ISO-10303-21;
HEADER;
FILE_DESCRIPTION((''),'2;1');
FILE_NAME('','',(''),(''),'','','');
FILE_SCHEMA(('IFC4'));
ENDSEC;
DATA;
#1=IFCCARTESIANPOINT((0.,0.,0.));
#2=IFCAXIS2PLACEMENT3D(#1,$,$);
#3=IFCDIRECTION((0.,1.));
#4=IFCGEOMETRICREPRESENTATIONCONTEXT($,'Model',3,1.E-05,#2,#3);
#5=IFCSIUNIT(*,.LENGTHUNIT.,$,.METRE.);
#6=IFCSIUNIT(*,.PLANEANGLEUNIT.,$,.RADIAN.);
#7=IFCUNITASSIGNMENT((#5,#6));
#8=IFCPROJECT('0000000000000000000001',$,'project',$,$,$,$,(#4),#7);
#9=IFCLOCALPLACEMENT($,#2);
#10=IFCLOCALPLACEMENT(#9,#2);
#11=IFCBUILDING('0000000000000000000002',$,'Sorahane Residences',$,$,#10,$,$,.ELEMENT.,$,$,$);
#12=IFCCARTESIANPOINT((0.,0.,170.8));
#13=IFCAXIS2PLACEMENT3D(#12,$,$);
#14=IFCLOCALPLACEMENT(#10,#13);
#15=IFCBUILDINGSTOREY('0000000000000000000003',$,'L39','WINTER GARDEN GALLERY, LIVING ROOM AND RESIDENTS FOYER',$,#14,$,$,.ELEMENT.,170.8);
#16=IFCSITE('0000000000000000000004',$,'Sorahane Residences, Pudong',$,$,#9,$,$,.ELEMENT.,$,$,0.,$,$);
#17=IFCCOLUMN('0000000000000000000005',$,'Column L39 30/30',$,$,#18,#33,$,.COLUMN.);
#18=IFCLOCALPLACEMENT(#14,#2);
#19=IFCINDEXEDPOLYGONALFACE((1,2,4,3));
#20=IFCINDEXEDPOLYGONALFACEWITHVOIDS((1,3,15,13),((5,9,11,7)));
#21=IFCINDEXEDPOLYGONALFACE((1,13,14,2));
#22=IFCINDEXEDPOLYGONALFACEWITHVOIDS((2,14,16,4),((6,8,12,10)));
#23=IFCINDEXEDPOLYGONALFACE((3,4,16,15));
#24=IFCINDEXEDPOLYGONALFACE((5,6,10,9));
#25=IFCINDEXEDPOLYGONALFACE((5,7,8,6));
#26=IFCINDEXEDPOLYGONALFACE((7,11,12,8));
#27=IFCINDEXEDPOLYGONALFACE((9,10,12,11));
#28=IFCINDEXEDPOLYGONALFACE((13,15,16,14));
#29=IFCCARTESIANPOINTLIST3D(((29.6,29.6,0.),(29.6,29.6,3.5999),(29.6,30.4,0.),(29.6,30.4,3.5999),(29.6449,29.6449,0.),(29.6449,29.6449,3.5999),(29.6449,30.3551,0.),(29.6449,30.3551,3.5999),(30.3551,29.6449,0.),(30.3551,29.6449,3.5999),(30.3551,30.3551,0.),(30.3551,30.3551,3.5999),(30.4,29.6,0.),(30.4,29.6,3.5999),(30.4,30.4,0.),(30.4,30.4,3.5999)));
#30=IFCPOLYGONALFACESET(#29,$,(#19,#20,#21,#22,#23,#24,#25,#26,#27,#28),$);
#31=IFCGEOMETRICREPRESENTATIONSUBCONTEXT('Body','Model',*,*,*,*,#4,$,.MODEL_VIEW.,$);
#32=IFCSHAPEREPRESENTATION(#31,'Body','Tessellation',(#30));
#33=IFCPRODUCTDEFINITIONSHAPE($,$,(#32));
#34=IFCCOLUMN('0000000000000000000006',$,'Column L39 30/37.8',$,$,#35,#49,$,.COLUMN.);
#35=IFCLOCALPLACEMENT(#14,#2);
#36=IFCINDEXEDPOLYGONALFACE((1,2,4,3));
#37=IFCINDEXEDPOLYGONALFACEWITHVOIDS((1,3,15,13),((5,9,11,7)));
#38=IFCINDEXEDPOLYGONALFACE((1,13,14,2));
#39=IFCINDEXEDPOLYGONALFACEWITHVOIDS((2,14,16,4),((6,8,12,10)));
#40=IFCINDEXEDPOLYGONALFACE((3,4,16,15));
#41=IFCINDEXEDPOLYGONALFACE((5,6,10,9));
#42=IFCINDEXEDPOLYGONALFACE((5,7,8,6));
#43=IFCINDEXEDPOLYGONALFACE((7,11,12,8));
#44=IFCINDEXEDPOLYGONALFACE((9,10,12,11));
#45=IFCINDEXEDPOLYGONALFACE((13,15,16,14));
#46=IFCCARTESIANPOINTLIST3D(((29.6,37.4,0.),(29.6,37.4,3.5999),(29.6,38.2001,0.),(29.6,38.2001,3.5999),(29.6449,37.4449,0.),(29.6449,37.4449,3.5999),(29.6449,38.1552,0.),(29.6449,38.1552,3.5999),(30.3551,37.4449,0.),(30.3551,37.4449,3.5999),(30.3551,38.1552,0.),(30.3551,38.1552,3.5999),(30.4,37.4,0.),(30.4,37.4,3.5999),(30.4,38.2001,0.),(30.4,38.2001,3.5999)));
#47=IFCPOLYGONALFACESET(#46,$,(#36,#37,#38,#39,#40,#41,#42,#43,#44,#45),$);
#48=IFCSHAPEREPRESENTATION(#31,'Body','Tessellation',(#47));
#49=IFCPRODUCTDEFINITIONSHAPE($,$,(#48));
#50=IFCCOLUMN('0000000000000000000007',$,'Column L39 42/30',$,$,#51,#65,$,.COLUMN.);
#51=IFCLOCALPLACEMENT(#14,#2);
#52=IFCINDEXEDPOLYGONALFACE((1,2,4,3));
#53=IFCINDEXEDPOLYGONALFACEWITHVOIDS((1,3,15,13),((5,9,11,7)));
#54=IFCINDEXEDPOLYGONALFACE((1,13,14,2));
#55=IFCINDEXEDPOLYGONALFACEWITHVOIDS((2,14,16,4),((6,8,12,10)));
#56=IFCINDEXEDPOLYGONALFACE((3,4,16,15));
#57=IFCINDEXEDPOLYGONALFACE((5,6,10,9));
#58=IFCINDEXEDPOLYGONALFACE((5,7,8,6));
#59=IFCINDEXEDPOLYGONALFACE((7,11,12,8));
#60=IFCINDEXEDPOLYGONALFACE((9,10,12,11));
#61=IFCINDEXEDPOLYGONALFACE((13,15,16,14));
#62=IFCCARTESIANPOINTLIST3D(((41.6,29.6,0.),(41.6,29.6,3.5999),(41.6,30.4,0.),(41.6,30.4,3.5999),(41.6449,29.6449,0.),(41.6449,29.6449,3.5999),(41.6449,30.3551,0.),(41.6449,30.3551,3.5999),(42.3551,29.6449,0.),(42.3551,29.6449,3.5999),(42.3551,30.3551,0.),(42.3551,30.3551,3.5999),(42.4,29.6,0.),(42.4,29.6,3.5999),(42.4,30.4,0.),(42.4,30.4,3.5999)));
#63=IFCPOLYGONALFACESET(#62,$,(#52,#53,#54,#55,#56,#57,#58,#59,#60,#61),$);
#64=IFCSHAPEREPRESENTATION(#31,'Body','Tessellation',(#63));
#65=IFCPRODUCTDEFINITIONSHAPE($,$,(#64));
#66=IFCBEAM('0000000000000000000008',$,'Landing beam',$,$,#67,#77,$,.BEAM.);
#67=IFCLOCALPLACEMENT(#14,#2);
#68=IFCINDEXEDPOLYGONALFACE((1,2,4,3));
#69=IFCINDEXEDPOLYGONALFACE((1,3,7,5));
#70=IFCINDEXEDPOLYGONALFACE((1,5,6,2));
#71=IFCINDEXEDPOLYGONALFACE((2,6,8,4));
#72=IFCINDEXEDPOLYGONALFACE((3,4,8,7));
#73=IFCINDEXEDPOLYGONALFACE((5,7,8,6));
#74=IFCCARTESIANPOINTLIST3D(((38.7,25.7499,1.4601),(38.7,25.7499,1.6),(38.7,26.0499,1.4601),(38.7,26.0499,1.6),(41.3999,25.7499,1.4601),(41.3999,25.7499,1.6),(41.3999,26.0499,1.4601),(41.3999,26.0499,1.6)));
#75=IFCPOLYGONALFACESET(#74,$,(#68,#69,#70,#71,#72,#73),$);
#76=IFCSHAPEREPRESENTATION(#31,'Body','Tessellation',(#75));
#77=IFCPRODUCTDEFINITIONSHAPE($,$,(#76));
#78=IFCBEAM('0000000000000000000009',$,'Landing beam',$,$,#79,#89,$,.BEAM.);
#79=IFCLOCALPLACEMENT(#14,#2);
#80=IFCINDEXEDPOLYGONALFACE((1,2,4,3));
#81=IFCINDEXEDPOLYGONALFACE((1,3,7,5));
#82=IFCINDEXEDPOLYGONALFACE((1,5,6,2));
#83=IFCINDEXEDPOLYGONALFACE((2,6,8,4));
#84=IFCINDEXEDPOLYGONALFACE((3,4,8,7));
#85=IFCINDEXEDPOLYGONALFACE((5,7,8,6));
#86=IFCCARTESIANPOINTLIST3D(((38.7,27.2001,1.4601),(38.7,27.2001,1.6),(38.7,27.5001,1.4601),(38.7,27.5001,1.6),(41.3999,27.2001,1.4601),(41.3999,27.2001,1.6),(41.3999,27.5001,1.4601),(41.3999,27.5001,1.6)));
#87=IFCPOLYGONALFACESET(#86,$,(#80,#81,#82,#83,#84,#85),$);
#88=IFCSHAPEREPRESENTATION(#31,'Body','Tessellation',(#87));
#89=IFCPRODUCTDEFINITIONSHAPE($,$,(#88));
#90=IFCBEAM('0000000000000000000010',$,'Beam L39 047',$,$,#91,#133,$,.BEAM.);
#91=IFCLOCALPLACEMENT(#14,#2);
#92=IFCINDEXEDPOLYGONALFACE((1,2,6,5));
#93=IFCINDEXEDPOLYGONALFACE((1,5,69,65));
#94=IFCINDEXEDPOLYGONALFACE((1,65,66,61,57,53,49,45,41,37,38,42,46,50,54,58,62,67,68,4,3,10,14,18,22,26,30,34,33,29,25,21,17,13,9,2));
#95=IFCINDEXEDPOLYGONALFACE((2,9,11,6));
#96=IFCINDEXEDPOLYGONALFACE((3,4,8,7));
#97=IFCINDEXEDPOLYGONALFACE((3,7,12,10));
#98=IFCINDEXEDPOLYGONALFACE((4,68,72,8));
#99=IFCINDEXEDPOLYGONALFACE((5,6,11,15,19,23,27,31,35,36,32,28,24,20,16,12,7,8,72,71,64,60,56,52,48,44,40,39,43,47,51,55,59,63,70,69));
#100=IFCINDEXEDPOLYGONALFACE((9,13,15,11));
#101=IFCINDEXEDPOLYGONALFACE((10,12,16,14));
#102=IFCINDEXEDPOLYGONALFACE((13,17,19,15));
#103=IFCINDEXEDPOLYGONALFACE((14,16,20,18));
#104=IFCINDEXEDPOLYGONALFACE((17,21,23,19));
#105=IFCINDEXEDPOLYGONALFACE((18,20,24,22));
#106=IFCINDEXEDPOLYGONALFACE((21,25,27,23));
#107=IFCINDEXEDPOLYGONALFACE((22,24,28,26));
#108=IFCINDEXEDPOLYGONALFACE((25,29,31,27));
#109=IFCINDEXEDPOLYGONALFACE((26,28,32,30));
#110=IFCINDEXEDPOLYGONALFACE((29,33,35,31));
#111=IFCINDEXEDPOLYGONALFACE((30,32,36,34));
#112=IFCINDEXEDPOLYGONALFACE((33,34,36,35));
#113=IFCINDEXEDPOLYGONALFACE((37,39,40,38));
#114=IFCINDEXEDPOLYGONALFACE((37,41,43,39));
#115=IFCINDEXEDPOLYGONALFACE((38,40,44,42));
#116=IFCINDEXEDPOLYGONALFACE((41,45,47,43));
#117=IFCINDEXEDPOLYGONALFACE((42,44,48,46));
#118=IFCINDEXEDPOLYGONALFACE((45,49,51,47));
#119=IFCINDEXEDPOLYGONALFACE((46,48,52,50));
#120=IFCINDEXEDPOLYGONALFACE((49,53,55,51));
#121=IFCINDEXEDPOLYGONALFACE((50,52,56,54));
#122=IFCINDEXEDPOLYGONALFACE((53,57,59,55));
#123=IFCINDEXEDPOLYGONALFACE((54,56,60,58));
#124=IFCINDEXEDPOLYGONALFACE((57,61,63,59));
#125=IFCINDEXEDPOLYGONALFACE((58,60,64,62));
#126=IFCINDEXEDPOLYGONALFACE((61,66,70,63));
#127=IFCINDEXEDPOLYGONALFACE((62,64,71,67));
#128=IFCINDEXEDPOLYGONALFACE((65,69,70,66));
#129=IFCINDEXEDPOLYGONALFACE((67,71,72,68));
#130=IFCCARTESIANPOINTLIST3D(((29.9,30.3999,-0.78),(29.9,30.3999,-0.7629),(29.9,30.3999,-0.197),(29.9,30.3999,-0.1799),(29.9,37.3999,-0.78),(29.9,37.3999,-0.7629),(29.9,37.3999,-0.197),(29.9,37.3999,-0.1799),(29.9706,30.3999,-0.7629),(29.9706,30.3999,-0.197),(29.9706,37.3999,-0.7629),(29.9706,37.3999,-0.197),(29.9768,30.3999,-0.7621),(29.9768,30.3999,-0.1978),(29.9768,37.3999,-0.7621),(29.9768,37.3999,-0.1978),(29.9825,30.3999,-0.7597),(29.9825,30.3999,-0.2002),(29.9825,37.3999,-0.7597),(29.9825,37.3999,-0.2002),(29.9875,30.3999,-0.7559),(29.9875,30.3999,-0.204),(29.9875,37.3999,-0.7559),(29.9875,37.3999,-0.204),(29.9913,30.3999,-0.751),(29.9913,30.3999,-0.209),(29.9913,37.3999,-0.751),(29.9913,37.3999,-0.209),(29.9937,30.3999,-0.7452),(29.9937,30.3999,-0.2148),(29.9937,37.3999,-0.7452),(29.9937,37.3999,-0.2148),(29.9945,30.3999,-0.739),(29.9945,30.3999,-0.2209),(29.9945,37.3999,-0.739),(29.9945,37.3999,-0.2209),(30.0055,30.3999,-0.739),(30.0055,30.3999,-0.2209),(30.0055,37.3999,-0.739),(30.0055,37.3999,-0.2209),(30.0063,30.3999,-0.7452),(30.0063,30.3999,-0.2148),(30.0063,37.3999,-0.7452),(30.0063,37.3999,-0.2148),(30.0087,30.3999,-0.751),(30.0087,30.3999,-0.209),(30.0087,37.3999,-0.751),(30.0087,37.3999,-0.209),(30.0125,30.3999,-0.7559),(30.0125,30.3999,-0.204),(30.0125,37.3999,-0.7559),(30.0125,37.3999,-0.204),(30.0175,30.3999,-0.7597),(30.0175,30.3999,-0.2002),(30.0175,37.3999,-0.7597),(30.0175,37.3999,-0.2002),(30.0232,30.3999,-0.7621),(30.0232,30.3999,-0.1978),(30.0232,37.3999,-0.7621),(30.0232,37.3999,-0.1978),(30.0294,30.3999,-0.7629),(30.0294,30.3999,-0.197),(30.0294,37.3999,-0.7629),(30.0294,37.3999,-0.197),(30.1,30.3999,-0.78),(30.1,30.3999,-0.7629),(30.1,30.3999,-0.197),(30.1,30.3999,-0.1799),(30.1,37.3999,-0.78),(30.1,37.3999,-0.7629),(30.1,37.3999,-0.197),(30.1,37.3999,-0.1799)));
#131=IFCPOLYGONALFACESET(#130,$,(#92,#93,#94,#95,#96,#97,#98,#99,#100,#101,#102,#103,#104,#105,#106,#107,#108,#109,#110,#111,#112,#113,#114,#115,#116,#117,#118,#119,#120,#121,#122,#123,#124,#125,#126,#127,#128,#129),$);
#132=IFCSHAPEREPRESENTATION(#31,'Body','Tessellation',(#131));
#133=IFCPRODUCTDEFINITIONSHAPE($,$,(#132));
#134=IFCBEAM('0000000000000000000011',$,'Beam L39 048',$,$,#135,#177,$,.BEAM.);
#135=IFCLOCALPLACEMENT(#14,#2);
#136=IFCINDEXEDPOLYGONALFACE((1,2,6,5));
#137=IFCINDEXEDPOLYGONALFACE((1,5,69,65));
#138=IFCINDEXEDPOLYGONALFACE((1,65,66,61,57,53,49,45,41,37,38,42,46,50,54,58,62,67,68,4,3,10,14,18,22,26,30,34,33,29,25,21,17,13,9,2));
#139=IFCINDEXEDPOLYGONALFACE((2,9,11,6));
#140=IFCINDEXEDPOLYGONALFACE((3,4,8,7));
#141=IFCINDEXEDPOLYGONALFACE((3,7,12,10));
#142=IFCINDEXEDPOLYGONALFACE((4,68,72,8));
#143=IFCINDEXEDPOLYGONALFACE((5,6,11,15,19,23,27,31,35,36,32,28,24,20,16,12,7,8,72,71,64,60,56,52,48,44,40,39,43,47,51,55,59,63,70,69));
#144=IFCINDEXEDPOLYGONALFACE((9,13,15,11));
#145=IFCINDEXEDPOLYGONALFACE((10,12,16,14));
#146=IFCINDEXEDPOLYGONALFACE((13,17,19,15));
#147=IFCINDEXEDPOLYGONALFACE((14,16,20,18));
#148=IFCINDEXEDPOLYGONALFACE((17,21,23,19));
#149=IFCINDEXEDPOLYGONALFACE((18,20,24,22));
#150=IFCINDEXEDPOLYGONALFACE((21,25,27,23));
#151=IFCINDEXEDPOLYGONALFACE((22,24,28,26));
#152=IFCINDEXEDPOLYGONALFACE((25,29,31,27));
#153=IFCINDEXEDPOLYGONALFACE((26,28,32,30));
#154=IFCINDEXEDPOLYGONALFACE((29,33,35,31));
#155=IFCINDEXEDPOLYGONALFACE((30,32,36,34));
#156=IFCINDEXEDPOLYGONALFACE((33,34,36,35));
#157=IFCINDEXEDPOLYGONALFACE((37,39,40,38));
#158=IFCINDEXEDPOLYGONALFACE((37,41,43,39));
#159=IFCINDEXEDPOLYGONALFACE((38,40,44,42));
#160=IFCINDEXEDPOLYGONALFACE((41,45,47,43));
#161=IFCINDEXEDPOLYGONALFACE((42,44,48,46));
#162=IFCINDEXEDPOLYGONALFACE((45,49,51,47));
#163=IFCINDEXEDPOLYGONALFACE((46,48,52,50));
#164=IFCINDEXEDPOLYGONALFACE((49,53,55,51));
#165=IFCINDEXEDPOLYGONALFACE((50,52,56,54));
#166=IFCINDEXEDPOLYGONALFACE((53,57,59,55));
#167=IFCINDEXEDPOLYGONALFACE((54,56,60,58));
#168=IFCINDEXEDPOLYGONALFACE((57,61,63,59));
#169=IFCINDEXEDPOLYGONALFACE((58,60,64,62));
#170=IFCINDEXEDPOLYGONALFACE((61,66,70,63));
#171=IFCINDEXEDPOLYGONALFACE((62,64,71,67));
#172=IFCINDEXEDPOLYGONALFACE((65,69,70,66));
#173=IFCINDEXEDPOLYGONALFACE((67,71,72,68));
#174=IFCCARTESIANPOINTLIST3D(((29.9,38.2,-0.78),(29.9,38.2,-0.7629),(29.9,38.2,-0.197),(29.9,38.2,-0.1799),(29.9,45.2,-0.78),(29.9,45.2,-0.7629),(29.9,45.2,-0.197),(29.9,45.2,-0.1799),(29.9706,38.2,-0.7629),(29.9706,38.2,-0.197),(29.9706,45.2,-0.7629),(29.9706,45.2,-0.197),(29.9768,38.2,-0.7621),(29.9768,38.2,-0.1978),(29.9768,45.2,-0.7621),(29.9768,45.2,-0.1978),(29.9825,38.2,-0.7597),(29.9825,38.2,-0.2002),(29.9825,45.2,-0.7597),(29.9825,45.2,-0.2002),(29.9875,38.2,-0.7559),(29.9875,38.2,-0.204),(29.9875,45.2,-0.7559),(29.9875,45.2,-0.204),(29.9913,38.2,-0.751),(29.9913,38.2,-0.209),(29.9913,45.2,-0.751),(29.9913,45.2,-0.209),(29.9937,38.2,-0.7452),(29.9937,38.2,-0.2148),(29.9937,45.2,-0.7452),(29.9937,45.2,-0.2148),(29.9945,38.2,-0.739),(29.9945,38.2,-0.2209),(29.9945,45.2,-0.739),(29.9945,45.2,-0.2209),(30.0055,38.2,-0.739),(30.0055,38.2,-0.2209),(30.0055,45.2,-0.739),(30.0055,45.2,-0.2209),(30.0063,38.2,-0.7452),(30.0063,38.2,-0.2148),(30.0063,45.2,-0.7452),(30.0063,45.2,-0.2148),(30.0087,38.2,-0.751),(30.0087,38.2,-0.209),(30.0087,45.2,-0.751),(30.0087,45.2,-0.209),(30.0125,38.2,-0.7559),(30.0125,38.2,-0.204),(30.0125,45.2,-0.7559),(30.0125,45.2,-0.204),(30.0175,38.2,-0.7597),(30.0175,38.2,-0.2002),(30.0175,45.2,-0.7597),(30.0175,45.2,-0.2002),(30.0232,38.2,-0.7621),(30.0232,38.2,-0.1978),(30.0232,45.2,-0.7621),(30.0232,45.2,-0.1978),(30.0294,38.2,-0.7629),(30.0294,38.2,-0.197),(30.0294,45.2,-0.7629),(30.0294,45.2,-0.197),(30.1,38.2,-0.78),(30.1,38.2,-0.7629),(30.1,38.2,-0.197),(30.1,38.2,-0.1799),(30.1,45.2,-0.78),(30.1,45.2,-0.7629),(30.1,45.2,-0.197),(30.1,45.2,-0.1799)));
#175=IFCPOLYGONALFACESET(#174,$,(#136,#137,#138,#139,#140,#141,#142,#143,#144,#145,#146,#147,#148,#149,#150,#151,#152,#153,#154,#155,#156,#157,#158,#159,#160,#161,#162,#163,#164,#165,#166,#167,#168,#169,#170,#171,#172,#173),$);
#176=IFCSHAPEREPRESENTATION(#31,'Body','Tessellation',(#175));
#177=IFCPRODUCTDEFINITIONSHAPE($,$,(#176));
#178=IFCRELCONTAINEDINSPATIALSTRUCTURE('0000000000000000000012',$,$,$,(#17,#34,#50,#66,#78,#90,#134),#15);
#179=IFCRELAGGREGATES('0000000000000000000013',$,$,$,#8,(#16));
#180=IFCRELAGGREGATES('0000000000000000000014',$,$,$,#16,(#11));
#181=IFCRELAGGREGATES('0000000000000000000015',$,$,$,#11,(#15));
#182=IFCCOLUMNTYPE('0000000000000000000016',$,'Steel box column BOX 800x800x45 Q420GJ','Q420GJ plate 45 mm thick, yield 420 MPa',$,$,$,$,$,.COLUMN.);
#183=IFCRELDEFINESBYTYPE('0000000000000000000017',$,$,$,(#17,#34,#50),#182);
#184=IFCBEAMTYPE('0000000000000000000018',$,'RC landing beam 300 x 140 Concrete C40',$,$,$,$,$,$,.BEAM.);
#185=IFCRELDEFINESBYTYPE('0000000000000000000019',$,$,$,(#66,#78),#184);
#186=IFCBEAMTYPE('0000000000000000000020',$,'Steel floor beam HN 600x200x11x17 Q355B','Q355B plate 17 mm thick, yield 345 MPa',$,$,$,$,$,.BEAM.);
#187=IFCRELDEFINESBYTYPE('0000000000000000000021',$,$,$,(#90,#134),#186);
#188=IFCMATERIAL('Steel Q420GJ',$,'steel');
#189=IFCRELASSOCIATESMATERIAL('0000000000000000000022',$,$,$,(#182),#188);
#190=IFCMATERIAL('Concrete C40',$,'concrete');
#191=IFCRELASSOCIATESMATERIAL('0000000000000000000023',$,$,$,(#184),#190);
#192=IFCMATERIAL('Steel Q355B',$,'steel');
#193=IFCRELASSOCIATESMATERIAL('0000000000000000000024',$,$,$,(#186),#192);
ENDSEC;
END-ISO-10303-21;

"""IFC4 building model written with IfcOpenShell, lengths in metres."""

from ifc_helpers import new_model, si_unit, direction, frame, origin, origin_2d, place, context, subcontext, project, spatial, rectangle, hollow_rectangle, i_section, extrude, material, material_profile, profile_set, type_object, element, save


model = new_model("IFC4")

# Units and contexts
model_context = context("Model", 3, precision=1e-05, world=origin(), true_north=direction((0.0, 1.0)))
body_context = subcontext(model_context, "Body", "Model", "MODEL_VIEW")
ifc_project = project(units=[si_unit("LENGTHUNIT", "METRE"), si_unit("PLANEANGLEUNIT", "RADIAN")], contexts=[model_context])

# Site, building, storey
site_placement = place(None, origin())
site = spatial("IfcSite", under=ifc_project, at=site_placement, Name="Sorahane Residences, Pudong", CompositionType="ELEMENT", RefElevation=0.0)
building_placement = place(site_placement, origin())
building = spatial("IfcBuilding", under=site, at=building_placement, Name="Sorahane Residences", CompositionType="ELEMENT")
storey_placement = place(building_placement, frame((0.0, 0.0, 170.8)))
storey = spatial("IfcBuildingStorey", under=building, at=storey_placement, Name="L39", Description="WINTER GARDEN GALLERY, LIVING ROOM AND RESIDENTS FOYER", CompositionType="ELEMENT", Elevation=170.8)

# Columns
ifc_material_1 = material(Name="Steel Q420GJ", Category="steel")
ifc_material_profile_1 = material_profile(ifc_material_1, hollow_rectangle(XDim=0.8, YDim=0.8, WallThickness=0.0449, at=origin_2d()), Name="BOX 800x800x45")
ifc_profile_set_1 = profile_set([ifc_material_profile_1], Name="Steel Q420GJ")
column_type = type_object("IfcColumnType", Name="Steel box column BOX 800x800x45 Q420GJ", Description="Q420GJ plate 45 mm thick, yield 420 MPa", PredefinedType="COLUMN", material=ifc_profile_set_1)
for number, where, z_axis, x_axis, name in (
    (1, (30.0, 30.0, 0.0), (0.0, 0.0, 1.0), (1.0, 0.0, 0.0), "Column L39 30/30"),
    (2, (30.0, 37.8, 0.0), (0.0, 0.0, 1.0), (1.0, 0.0, 0.0), "Column L39 30/37.8"),
    (3, (42.0, 30.0, 0.0), (0.0, 0.0, 1.0), (1.0, 0.0, 0.0), "Column L39 42/30"),
):
    element("IfcColumn", number, at=place(storey_placement, frame(where, z_axis=z_axis, x_axis=x_axis)), inside=storey, type_object=column_type, Name=name, PredefinedType="COLUMN", context=body_context, shape_type="SweptSolid", body=[
        extrude(hollow_rectangle(XDim=0.8, YDim=0.8, WallThickness=0.0449, at=origin_2d()), origin(), (0.0, 0.0, 1.0), 3.5999),
    ])

# Beams
ifc_material_2 = material(Name="Concrete C40", Category="concrete")
ifc_material_profile_2 = material_profile(ifc_material_2, rectangle(XDim=0.3, YDim=0.1399, at=origin_2d()), Name="300x140")
ifc_profile_set_2 = profile_set([ifc_material_profile_2], Name="Concrete C40")
beam_type_1 = type_object("IfcBeamType", Name="RC landing beam 300 x 140 Concrete C40", PredefinedType="BEAM", material=ifc_profile_set_2)
for number, where, z_axis, x_axis, name in (
    (4, (38.7, 25.8999, 1.53), (1.0, 0.0, 0.0), (0.0, 1.0, 0.0), "Landing beam"),
    (5, (38.7, 27.3501, 1.53), (1.0, 0.0, 0.0), (0.0, 1.0, 0.0), "Landing beam"),
):
    element("IfcBeam", number, at=place(storey_placement, frame(where, z_axis=z_axis, x_axis=x_axis)), inside=storey, type_object=beam_type_1, Name=name, PredefinedType="BEAM", context=body_context, shape_type="SweptSolid", body=[
        extrude(rectangle(XDim=0.3, YDim=0.1399, at=origin_2d()), origin(), (0.0, 0.0, 1.0), 2.7),
    ])
ifc_material_3 = material(Name="Steel Q355B", Category="steel")
ifc_material_profile_3 = material_profile(ifc_material_3, i_section(OverallWidth=0.2, OverallDepth=0.6001, WebThickness=0.011, FlangeThickness=0.0171, FilletRadius=0.0239, at=origin_2d()), Name="HN 600x200x11x17")
ifc_profile_set_3 = profile_set([ifc_material_profile_3], Name="Steel Q355B")
beam_type_2 = type_object("IfcBeamType", Name="Steel floor beam HN 600x200x11x17 Q355B", Description="Q355B plate 17 mm thick, yield 345 MPa", PredefinedType="BEAM", material=ifc_profile_set_3)
for number, where, z_axis, x_axis, name in (
    (6, (30.0, 30.3999, -0.48), (0.0, 1.0, 0.0), (-1.0, 0.0, 0.0), "Beam L39 047"),
    (7, (30.0, 38.2, -0.48), (0.0, 1.0, 0.0), (-1.0, 0.0, 0.0), "Beam L39 048"),
):
    element("IfcBeam", number, at=place(storey_placement, frame(where, z_axis=z_axis, x_axis=x_axis)), inside=storey, type_object=beam_type_2, Name=name, PredefinedType="BEAM", context=body_context, shape_type="SweptSolid", body=[
        extrude(i_section(OverallWidth=0.2, OverallDepth=0.6001, WebThickness=0.011, FlangeThickness=0.0171, FilletRadius=0.0239, at=origin_2d()), origin(), (0.0, 0.0, 1.0), 7.0),
    ])

save(model, "model.ifc")
